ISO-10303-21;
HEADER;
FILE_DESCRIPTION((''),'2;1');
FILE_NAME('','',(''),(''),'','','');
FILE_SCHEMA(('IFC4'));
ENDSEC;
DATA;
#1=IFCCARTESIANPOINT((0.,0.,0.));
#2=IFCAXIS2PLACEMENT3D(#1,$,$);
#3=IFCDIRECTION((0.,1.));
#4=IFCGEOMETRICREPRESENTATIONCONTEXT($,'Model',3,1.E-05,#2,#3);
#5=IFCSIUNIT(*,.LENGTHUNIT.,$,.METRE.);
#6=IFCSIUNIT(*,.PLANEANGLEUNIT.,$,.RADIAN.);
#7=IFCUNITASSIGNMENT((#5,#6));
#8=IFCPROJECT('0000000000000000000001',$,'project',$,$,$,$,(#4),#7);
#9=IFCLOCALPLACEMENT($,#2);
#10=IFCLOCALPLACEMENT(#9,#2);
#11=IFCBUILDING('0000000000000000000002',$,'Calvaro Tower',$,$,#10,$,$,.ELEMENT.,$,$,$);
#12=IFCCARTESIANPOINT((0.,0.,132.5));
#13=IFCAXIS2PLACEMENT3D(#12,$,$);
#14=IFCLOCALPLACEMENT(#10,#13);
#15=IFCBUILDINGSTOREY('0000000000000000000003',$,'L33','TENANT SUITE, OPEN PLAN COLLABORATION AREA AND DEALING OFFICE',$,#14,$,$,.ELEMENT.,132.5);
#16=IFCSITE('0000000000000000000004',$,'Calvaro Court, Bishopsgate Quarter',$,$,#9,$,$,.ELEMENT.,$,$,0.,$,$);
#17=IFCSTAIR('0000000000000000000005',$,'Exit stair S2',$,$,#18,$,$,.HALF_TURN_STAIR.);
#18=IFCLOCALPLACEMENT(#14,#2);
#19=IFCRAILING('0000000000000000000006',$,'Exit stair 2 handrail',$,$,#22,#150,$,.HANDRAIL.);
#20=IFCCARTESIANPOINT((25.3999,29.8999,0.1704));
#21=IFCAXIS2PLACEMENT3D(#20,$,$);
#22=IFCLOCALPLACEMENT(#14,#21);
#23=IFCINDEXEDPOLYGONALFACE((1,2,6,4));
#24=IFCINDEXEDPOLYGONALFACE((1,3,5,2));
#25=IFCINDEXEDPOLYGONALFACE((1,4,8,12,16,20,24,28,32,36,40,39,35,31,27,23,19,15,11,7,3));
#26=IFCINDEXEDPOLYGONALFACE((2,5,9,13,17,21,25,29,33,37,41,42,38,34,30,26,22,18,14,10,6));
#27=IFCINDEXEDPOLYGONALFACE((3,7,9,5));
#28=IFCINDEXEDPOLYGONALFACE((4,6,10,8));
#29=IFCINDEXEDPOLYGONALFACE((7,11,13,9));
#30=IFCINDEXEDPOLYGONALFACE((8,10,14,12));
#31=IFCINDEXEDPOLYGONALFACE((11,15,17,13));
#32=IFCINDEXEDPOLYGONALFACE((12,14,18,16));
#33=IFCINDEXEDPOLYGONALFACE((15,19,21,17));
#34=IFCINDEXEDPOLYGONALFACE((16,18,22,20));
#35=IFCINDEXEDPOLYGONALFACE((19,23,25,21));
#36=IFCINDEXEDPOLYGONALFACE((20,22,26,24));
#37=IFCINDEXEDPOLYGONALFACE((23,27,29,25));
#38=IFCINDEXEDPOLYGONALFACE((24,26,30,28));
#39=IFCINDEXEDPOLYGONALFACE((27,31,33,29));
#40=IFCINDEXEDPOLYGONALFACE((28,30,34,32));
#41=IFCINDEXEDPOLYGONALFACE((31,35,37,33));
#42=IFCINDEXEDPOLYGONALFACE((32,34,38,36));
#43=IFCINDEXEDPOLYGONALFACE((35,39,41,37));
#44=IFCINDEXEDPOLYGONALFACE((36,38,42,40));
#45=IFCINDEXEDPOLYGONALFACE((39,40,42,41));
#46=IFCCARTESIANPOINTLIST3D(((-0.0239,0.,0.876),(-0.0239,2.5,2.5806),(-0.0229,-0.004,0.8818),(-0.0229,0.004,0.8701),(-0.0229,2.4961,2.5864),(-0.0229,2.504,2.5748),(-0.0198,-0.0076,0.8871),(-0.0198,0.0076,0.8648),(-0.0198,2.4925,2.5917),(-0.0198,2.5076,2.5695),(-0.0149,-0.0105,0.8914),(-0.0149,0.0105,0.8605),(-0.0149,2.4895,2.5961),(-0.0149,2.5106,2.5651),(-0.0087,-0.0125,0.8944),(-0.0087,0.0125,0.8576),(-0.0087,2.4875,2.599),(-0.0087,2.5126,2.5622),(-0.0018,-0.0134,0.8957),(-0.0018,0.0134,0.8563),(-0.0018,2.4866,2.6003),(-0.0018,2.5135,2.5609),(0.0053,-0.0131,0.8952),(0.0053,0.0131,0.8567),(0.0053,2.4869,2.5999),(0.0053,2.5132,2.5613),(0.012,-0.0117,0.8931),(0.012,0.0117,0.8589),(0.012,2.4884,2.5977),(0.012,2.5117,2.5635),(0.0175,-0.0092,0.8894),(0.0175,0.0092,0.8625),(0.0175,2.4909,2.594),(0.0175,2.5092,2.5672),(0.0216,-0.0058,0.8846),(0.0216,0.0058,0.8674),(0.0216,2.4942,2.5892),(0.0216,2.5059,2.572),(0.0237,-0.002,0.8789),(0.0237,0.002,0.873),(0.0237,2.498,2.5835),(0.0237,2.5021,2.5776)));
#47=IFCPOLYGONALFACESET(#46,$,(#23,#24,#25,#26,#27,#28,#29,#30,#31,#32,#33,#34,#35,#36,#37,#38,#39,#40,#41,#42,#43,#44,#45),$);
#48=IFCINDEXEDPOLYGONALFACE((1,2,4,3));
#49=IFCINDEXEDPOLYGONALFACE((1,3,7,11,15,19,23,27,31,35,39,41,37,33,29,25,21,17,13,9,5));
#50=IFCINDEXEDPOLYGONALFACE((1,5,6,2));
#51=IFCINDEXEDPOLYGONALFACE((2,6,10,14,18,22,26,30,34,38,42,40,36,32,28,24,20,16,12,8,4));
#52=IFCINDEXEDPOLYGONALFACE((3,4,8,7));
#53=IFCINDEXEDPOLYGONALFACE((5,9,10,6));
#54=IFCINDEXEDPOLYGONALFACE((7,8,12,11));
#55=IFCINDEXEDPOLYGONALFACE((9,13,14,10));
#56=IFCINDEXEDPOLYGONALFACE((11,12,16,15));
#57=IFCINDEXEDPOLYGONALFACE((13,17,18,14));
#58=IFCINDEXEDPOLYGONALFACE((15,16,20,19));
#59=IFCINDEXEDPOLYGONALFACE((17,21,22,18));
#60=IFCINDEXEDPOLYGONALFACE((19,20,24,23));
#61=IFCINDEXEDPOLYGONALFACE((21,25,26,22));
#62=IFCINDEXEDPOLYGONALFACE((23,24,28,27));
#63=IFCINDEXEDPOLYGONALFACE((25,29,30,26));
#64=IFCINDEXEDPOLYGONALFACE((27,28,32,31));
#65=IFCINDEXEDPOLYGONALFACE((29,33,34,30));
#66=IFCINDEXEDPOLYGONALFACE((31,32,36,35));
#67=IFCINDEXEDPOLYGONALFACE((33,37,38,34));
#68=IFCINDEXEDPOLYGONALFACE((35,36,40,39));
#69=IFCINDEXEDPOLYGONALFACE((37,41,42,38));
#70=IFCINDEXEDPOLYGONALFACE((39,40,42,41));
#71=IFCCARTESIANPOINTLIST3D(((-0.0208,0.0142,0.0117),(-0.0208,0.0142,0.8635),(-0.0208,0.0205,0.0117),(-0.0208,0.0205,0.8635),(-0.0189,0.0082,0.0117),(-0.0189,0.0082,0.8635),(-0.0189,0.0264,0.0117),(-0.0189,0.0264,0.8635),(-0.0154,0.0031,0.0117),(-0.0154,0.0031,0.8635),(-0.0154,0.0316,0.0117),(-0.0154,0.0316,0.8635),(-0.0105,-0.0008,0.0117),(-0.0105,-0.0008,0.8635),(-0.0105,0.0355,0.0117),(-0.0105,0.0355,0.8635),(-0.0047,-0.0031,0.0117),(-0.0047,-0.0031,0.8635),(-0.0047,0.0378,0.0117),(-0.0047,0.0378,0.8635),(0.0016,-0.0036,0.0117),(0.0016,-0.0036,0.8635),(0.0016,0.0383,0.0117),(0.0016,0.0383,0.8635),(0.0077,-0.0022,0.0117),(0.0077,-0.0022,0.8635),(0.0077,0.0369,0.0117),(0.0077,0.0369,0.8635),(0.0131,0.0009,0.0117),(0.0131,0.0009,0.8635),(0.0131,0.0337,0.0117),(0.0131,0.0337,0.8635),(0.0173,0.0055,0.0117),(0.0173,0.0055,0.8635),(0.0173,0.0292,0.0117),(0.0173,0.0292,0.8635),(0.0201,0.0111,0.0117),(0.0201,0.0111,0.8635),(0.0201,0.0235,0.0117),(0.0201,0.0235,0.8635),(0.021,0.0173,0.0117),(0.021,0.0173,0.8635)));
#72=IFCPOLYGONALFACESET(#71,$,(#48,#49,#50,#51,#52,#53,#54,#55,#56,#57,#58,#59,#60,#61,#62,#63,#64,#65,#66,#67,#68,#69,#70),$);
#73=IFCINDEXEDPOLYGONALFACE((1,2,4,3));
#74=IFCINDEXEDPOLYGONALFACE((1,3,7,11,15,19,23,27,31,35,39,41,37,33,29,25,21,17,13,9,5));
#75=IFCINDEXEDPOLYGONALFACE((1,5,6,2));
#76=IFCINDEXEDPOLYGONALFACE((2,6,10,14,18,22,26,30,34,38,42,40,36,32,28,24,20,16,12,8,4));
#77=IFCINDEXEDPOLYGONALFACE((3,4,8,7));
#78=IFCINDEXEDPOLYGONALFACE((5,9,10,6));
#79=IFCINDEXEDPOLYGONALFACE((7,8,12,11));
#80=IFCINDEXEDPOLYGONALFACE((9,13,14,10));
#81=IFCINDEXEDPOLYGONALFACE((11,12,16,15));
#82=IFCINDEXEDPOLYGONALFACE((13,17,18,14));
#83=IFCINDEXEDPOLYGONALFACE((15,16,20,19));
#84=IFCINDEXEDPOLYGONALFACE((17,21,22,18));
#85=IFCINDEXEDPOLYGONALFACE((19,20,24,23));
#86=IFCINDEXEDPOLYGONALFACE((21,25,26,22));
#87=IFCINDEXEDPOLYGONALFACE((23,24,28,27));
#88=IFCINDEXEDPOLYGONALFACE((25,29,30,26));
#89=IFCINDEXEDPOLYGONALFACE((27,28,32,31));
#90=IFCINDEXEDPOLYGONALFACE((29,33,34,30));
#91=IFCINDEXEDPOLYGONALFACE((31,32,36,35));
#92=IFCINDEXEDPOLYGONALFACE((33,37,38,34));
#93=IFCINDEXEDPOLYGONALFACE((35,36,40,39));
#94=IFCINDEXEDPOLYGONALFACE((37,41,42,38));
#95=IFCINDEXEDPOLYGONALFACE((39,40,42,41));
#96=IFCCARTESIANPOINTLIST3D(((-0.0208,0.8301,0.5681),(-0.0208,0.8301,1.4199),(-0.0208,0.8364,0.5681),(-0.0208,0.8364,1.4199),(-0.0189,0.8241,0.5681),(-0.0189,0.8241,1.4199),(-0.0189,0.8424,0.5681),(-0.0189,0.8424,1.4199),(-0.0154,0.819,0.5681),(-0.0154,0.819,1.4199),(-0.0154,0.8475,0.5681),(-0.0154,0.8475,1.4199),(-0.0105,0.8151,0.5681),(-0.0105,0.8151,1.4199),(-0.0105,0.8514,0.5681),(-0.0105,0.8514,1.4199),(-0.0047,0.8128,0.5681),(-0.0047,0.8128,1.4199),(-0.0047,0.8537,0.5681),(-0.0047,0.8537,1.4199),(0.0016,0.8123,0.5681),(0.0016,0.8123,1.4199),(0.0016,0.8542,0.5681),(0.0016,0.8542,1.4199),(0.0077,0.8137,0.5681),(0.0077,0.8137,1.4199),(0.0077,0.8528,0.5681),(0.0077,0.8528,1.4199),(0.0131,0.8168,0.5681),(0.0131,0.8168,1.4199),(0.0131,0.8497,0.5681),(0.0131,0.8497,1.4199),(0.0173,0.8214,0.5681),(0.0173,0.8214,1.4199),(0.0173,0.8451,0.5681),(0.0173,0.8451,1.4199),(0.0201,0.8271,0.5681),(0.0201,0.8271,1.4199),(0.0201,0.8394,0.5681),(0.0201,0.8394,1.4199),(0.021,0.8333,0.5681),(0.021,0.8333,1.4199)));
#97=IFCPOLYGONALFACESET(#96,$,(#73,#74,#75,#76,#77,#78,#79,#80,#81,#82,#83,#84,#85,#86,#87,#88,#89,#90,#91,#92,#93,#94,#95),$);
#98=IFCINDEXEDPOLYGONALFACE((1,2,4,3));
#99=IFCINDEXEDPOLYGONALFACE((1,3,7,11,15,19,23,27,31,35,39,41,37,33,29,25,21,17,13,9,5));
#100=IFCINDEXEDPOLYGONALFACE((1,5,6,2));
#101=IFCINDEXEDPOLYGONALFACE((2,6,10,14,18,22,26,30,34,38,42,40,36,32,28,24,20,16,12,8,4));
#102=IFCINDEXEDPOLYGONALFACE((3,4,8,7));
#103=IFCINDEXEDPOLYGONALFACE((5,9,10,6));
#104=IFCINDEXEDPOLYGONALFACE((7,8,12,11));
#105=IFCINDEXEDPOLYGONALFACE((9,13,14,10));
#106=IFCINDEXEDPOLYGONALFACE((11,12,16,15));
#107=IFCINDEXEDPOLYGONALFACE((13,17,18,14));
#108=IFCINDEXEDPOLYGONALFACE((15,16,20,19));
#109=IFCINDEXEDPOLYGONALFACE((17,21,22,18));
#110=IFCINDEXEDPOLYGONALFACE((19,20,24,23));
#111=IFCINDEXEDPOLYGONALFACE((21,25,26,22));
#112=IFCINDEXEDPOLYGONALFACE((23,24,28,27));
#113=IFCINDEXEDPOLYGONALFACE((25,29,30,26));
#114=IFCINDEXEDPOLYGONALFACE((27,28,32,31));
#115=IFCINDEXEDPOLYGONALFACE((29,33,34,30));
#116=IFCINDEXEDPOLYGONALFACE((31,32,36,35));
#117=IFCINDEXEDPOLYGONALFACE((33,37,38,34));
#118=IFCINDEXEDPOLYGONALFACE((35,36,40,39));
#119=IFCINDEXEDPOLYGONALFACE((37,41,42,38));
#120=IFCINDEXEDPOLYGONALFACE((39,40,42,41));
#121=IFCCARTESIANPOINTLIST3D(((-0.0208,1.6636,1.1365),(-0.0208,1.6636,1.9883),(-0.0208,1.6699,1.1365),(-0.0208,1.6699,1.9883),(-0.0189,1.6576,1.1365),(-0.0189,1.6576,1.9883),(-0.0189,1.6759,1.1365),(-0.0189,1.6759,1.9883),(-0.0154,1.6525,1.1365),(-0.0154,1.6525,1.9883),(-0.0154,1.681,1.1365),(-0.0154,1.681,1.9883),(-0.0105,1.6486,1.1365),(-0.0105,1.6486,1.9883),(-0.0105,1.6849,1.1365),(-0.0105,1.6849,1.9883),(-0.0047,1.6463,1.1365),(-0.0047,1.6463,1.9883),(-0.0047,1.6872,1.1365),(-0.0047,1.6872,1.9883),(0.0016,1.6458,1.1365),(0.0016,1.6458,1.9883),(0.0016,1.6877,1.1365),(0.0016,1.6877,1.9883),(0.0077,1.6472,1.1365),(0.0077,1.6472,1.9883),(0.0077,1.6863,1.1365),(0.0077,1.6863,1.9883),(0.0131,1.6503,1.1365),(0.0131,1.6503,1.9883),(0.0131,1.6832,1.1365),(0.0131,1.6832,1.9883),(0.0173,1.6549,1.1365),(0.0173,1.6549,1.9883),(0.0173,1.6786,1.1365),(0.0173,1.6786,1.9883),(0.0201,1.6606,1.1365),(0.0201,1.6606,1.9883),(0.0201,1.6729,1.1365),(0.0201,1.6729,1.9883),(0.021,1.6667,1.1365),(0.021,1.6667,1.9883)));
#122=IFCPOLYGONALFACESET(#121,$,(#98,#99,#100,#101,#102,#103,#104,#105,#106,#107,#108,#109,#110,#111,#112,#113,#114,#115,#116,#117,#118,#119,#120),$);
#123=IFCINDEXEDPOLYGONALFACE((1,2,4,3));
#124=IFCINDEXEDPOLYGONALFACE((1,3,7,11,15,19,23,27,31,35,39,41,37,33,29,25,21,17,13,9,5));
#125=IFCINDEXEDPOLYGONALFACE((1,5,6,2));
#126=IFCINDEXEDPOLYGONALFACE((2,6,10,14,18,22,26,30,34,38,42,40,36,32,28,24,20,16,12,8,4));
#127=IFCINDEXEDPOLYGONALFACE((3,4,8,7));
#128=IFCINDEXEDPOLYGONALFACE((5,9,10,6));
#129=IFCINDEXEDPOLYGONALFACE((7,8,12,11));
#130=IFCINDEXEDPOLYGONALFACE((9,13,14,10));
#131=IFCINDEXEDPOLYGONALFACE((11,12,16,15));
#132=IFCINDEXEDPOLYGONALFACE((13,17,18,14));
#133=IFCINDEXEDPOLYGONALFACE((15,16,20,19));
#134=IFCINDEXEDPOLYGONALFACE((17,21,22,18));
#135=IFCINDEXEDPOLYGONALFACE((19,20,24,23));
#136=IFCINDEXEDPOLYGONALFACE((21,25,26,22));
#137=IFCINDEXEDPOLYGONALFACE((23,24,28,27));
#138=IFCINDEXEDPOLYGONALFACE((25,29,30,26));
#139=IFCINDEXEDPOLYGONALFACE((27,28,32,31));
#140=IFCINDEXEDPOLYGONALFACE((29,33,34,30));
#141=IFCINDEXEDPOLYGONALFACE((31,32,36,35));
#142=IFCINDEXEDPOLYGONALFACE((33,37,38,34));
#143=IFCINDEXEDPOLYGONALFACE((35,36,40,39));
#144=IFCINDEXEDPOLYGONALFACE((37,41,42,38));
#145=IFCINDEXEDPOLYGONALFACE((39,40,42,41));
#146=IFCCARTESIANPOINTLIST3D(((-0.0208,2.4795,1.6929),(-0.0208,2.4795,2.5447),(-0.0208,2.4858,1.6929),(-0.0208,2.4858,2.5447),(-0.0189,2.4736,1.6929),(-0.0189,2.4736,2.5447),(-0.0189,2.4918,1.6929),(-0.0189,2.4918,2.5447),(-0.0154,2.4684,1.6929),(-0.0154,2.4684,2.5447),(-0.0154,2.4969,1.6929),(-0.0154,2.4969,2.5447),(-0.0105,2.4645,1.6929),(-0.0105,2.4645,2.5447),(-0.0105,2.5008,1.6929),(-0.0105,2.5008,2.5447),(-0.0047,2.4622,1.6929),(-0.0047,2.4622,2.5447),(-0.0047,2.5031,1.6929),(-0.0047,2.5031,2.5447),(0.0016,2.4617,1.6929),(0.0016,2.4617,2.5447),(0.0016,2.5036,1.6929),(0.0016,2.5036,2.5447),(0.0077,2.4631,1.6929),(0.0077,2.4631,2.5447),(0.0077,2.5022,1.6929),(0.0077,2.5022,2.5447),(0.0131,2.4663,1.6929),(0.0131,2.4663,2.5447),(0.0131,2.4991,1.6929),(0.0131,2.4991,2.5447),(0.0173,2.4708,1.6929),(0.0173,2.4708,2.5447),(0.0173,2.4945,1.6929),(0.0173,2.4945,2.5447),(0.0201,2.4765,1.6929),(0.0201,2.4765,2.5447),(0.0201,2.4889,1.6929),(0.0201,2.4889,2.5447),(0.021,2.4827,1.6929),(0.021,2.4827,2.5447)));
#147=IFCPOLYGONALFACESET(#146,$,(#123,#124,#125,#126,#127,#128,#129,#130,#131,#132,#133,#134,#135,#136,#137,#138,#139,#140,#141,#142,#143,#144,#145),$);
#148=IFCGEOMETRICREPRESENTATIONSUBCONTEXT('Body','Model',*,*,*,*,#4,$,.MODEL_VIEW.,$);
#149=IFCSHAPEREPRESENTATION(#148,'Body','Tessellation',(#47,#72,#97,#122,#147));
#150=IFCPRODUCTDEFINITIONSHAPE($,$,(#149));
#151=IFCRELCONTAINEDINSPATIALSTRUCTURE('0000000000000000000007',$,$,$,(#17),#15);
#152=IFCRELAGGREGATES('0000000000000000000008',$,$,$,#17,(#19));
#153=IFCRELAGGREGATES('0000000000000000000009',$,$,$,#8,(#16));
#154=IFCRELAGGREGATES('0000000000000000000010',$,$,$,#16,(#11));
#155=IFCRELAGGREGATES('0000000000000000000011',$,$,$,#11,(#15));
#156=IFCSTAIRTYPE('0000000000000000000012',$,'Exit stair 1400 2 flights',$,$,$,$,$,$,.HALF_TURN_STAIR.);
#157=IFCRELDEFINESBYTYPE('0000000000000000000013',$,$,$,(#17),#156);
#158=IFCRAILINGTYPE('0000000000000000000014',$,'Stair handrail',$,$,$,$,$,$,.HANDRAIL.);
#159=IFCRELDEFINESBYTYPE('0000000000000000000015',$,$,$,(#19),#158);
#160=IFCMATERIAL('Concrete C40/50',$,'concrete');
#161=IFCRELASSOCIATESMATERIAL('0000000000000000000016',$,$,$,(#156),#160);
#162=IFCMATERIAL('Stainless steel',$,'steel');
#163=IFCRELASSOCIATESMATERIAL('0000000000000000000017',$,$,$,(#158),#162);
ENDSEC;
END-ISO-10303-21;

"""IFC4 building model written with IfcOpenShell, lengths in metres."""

from ifc_helpers import new_model, si_unit, direction, frame, origin, origin_2d, place, context, subcontext, project, spatial, circle, extrude, material, type_object, element, aggregate, save


model = new_model("IFC4")

# Units and contexts
model_context = context("Model", 3, precision=1e-05, world=origin(), true_north=direction((0.0, 1.0)))
body_context = subcontext(model_context, "Body", "Model", "MODEL_VIEW")
ifc_project = project(units=[si_unit("LENGTHUNIT", "METRE"), si_unit("PLANEANGLEUNIT", "RADIAN")], contexts=[model_context])

# Site, building, storey
site_placement = place(None, origin())
site = spatial("IfcSite", under=ifc_project, at=site_placement, Name="Calvaro Court, Bishopsgate Quarter", CompositionType="ELEMENT", RefElevation=0.0)
building_placement = place(site_placement, origin())
building = spatial("IfcBuilding", under=site, at=building_placement, Name="Calvaro Tower", CompositionType="ELEMENT")
storey_placement = place(building_placement, frame((0.0, 0.0, 132.5)))
storey = spatial("IfcBuildingStorey", under=building, at=storey_placement, Name="L33", Description="TENANT SUITE, OPEN PLAN COLLABORATION AREA AND DEALING OFFICE", CompositionType="ELEMENT", Elevation=132.5)

# Stair, railing
ifc_material_1 = material(Name="Concrete C40/50", Category="concrete")
stair_type = type_object("IfcStairType", Name="Exit stair 1400 2 flights", PredefinedType="HALF_TURN_STAIR", material=ifc_material_1)
stair_placement = place(storey_placement, origin())
stair = element("IfcStair", 1, at=stair_placement, inside=storey, type_object=stair_type, Name="Exit stair S2", PredefinedType="HALF_TURN_STAIR")
ifc_material_2 = material(Name="Stainless steel", Category="steel")
railing_type = type_object("IfcRailingType", Name="Stair handrail", PredefinedType="HANDRAIL", material=ifc_material_2)
railing_1_placement = place(storey_placement, frame((25.3999, 29.8999, 0.1704)))
railing_1 = element("IfcRailing", 2, at=railing_1_placement, type_object=railing_type, Name="Exit stair 2 handrail", PredefinedType="HANDRAIL", context=body_context, shape_type="SweptSolid", body=[
    extrude(circle(Radius=0.0239, at=origin_2d()), frame((0.0, 0.0, 0.876), z_axis=(0.0, 0.826221, 0.563347), x_axis=(-1.0, 0.0, 0.0)), (0.0, 0.0, 1.0), 3.0259),
    extrude(circle(Radius=0.021, at=origin_2d()), frame((0.0, 0.0173, 0.0117)), (0.0, 0.0, 1.0), 0.8518),
    extrude(circle(Radius=0.021, at=origin_2d()), frame((0.0, 0.8333, 0.5681)), (0.0, 0.0, 1.0), 0.8518),
    extrude(circle(Radius=0.021, at=origin_2d()), frame((0.0, 1.6667, 1.1365)), (0.0, 0.0, 1.0), 0.8518),
    extrude(circle(Radius=0.021, at=origin_2d()), frame((0.0, 2.4827, 1.6929)), (0.0, 0.0, 1.0), 0.8518),
])
aggregate(stair, [railing_1])

save(model, "model.ifc")
